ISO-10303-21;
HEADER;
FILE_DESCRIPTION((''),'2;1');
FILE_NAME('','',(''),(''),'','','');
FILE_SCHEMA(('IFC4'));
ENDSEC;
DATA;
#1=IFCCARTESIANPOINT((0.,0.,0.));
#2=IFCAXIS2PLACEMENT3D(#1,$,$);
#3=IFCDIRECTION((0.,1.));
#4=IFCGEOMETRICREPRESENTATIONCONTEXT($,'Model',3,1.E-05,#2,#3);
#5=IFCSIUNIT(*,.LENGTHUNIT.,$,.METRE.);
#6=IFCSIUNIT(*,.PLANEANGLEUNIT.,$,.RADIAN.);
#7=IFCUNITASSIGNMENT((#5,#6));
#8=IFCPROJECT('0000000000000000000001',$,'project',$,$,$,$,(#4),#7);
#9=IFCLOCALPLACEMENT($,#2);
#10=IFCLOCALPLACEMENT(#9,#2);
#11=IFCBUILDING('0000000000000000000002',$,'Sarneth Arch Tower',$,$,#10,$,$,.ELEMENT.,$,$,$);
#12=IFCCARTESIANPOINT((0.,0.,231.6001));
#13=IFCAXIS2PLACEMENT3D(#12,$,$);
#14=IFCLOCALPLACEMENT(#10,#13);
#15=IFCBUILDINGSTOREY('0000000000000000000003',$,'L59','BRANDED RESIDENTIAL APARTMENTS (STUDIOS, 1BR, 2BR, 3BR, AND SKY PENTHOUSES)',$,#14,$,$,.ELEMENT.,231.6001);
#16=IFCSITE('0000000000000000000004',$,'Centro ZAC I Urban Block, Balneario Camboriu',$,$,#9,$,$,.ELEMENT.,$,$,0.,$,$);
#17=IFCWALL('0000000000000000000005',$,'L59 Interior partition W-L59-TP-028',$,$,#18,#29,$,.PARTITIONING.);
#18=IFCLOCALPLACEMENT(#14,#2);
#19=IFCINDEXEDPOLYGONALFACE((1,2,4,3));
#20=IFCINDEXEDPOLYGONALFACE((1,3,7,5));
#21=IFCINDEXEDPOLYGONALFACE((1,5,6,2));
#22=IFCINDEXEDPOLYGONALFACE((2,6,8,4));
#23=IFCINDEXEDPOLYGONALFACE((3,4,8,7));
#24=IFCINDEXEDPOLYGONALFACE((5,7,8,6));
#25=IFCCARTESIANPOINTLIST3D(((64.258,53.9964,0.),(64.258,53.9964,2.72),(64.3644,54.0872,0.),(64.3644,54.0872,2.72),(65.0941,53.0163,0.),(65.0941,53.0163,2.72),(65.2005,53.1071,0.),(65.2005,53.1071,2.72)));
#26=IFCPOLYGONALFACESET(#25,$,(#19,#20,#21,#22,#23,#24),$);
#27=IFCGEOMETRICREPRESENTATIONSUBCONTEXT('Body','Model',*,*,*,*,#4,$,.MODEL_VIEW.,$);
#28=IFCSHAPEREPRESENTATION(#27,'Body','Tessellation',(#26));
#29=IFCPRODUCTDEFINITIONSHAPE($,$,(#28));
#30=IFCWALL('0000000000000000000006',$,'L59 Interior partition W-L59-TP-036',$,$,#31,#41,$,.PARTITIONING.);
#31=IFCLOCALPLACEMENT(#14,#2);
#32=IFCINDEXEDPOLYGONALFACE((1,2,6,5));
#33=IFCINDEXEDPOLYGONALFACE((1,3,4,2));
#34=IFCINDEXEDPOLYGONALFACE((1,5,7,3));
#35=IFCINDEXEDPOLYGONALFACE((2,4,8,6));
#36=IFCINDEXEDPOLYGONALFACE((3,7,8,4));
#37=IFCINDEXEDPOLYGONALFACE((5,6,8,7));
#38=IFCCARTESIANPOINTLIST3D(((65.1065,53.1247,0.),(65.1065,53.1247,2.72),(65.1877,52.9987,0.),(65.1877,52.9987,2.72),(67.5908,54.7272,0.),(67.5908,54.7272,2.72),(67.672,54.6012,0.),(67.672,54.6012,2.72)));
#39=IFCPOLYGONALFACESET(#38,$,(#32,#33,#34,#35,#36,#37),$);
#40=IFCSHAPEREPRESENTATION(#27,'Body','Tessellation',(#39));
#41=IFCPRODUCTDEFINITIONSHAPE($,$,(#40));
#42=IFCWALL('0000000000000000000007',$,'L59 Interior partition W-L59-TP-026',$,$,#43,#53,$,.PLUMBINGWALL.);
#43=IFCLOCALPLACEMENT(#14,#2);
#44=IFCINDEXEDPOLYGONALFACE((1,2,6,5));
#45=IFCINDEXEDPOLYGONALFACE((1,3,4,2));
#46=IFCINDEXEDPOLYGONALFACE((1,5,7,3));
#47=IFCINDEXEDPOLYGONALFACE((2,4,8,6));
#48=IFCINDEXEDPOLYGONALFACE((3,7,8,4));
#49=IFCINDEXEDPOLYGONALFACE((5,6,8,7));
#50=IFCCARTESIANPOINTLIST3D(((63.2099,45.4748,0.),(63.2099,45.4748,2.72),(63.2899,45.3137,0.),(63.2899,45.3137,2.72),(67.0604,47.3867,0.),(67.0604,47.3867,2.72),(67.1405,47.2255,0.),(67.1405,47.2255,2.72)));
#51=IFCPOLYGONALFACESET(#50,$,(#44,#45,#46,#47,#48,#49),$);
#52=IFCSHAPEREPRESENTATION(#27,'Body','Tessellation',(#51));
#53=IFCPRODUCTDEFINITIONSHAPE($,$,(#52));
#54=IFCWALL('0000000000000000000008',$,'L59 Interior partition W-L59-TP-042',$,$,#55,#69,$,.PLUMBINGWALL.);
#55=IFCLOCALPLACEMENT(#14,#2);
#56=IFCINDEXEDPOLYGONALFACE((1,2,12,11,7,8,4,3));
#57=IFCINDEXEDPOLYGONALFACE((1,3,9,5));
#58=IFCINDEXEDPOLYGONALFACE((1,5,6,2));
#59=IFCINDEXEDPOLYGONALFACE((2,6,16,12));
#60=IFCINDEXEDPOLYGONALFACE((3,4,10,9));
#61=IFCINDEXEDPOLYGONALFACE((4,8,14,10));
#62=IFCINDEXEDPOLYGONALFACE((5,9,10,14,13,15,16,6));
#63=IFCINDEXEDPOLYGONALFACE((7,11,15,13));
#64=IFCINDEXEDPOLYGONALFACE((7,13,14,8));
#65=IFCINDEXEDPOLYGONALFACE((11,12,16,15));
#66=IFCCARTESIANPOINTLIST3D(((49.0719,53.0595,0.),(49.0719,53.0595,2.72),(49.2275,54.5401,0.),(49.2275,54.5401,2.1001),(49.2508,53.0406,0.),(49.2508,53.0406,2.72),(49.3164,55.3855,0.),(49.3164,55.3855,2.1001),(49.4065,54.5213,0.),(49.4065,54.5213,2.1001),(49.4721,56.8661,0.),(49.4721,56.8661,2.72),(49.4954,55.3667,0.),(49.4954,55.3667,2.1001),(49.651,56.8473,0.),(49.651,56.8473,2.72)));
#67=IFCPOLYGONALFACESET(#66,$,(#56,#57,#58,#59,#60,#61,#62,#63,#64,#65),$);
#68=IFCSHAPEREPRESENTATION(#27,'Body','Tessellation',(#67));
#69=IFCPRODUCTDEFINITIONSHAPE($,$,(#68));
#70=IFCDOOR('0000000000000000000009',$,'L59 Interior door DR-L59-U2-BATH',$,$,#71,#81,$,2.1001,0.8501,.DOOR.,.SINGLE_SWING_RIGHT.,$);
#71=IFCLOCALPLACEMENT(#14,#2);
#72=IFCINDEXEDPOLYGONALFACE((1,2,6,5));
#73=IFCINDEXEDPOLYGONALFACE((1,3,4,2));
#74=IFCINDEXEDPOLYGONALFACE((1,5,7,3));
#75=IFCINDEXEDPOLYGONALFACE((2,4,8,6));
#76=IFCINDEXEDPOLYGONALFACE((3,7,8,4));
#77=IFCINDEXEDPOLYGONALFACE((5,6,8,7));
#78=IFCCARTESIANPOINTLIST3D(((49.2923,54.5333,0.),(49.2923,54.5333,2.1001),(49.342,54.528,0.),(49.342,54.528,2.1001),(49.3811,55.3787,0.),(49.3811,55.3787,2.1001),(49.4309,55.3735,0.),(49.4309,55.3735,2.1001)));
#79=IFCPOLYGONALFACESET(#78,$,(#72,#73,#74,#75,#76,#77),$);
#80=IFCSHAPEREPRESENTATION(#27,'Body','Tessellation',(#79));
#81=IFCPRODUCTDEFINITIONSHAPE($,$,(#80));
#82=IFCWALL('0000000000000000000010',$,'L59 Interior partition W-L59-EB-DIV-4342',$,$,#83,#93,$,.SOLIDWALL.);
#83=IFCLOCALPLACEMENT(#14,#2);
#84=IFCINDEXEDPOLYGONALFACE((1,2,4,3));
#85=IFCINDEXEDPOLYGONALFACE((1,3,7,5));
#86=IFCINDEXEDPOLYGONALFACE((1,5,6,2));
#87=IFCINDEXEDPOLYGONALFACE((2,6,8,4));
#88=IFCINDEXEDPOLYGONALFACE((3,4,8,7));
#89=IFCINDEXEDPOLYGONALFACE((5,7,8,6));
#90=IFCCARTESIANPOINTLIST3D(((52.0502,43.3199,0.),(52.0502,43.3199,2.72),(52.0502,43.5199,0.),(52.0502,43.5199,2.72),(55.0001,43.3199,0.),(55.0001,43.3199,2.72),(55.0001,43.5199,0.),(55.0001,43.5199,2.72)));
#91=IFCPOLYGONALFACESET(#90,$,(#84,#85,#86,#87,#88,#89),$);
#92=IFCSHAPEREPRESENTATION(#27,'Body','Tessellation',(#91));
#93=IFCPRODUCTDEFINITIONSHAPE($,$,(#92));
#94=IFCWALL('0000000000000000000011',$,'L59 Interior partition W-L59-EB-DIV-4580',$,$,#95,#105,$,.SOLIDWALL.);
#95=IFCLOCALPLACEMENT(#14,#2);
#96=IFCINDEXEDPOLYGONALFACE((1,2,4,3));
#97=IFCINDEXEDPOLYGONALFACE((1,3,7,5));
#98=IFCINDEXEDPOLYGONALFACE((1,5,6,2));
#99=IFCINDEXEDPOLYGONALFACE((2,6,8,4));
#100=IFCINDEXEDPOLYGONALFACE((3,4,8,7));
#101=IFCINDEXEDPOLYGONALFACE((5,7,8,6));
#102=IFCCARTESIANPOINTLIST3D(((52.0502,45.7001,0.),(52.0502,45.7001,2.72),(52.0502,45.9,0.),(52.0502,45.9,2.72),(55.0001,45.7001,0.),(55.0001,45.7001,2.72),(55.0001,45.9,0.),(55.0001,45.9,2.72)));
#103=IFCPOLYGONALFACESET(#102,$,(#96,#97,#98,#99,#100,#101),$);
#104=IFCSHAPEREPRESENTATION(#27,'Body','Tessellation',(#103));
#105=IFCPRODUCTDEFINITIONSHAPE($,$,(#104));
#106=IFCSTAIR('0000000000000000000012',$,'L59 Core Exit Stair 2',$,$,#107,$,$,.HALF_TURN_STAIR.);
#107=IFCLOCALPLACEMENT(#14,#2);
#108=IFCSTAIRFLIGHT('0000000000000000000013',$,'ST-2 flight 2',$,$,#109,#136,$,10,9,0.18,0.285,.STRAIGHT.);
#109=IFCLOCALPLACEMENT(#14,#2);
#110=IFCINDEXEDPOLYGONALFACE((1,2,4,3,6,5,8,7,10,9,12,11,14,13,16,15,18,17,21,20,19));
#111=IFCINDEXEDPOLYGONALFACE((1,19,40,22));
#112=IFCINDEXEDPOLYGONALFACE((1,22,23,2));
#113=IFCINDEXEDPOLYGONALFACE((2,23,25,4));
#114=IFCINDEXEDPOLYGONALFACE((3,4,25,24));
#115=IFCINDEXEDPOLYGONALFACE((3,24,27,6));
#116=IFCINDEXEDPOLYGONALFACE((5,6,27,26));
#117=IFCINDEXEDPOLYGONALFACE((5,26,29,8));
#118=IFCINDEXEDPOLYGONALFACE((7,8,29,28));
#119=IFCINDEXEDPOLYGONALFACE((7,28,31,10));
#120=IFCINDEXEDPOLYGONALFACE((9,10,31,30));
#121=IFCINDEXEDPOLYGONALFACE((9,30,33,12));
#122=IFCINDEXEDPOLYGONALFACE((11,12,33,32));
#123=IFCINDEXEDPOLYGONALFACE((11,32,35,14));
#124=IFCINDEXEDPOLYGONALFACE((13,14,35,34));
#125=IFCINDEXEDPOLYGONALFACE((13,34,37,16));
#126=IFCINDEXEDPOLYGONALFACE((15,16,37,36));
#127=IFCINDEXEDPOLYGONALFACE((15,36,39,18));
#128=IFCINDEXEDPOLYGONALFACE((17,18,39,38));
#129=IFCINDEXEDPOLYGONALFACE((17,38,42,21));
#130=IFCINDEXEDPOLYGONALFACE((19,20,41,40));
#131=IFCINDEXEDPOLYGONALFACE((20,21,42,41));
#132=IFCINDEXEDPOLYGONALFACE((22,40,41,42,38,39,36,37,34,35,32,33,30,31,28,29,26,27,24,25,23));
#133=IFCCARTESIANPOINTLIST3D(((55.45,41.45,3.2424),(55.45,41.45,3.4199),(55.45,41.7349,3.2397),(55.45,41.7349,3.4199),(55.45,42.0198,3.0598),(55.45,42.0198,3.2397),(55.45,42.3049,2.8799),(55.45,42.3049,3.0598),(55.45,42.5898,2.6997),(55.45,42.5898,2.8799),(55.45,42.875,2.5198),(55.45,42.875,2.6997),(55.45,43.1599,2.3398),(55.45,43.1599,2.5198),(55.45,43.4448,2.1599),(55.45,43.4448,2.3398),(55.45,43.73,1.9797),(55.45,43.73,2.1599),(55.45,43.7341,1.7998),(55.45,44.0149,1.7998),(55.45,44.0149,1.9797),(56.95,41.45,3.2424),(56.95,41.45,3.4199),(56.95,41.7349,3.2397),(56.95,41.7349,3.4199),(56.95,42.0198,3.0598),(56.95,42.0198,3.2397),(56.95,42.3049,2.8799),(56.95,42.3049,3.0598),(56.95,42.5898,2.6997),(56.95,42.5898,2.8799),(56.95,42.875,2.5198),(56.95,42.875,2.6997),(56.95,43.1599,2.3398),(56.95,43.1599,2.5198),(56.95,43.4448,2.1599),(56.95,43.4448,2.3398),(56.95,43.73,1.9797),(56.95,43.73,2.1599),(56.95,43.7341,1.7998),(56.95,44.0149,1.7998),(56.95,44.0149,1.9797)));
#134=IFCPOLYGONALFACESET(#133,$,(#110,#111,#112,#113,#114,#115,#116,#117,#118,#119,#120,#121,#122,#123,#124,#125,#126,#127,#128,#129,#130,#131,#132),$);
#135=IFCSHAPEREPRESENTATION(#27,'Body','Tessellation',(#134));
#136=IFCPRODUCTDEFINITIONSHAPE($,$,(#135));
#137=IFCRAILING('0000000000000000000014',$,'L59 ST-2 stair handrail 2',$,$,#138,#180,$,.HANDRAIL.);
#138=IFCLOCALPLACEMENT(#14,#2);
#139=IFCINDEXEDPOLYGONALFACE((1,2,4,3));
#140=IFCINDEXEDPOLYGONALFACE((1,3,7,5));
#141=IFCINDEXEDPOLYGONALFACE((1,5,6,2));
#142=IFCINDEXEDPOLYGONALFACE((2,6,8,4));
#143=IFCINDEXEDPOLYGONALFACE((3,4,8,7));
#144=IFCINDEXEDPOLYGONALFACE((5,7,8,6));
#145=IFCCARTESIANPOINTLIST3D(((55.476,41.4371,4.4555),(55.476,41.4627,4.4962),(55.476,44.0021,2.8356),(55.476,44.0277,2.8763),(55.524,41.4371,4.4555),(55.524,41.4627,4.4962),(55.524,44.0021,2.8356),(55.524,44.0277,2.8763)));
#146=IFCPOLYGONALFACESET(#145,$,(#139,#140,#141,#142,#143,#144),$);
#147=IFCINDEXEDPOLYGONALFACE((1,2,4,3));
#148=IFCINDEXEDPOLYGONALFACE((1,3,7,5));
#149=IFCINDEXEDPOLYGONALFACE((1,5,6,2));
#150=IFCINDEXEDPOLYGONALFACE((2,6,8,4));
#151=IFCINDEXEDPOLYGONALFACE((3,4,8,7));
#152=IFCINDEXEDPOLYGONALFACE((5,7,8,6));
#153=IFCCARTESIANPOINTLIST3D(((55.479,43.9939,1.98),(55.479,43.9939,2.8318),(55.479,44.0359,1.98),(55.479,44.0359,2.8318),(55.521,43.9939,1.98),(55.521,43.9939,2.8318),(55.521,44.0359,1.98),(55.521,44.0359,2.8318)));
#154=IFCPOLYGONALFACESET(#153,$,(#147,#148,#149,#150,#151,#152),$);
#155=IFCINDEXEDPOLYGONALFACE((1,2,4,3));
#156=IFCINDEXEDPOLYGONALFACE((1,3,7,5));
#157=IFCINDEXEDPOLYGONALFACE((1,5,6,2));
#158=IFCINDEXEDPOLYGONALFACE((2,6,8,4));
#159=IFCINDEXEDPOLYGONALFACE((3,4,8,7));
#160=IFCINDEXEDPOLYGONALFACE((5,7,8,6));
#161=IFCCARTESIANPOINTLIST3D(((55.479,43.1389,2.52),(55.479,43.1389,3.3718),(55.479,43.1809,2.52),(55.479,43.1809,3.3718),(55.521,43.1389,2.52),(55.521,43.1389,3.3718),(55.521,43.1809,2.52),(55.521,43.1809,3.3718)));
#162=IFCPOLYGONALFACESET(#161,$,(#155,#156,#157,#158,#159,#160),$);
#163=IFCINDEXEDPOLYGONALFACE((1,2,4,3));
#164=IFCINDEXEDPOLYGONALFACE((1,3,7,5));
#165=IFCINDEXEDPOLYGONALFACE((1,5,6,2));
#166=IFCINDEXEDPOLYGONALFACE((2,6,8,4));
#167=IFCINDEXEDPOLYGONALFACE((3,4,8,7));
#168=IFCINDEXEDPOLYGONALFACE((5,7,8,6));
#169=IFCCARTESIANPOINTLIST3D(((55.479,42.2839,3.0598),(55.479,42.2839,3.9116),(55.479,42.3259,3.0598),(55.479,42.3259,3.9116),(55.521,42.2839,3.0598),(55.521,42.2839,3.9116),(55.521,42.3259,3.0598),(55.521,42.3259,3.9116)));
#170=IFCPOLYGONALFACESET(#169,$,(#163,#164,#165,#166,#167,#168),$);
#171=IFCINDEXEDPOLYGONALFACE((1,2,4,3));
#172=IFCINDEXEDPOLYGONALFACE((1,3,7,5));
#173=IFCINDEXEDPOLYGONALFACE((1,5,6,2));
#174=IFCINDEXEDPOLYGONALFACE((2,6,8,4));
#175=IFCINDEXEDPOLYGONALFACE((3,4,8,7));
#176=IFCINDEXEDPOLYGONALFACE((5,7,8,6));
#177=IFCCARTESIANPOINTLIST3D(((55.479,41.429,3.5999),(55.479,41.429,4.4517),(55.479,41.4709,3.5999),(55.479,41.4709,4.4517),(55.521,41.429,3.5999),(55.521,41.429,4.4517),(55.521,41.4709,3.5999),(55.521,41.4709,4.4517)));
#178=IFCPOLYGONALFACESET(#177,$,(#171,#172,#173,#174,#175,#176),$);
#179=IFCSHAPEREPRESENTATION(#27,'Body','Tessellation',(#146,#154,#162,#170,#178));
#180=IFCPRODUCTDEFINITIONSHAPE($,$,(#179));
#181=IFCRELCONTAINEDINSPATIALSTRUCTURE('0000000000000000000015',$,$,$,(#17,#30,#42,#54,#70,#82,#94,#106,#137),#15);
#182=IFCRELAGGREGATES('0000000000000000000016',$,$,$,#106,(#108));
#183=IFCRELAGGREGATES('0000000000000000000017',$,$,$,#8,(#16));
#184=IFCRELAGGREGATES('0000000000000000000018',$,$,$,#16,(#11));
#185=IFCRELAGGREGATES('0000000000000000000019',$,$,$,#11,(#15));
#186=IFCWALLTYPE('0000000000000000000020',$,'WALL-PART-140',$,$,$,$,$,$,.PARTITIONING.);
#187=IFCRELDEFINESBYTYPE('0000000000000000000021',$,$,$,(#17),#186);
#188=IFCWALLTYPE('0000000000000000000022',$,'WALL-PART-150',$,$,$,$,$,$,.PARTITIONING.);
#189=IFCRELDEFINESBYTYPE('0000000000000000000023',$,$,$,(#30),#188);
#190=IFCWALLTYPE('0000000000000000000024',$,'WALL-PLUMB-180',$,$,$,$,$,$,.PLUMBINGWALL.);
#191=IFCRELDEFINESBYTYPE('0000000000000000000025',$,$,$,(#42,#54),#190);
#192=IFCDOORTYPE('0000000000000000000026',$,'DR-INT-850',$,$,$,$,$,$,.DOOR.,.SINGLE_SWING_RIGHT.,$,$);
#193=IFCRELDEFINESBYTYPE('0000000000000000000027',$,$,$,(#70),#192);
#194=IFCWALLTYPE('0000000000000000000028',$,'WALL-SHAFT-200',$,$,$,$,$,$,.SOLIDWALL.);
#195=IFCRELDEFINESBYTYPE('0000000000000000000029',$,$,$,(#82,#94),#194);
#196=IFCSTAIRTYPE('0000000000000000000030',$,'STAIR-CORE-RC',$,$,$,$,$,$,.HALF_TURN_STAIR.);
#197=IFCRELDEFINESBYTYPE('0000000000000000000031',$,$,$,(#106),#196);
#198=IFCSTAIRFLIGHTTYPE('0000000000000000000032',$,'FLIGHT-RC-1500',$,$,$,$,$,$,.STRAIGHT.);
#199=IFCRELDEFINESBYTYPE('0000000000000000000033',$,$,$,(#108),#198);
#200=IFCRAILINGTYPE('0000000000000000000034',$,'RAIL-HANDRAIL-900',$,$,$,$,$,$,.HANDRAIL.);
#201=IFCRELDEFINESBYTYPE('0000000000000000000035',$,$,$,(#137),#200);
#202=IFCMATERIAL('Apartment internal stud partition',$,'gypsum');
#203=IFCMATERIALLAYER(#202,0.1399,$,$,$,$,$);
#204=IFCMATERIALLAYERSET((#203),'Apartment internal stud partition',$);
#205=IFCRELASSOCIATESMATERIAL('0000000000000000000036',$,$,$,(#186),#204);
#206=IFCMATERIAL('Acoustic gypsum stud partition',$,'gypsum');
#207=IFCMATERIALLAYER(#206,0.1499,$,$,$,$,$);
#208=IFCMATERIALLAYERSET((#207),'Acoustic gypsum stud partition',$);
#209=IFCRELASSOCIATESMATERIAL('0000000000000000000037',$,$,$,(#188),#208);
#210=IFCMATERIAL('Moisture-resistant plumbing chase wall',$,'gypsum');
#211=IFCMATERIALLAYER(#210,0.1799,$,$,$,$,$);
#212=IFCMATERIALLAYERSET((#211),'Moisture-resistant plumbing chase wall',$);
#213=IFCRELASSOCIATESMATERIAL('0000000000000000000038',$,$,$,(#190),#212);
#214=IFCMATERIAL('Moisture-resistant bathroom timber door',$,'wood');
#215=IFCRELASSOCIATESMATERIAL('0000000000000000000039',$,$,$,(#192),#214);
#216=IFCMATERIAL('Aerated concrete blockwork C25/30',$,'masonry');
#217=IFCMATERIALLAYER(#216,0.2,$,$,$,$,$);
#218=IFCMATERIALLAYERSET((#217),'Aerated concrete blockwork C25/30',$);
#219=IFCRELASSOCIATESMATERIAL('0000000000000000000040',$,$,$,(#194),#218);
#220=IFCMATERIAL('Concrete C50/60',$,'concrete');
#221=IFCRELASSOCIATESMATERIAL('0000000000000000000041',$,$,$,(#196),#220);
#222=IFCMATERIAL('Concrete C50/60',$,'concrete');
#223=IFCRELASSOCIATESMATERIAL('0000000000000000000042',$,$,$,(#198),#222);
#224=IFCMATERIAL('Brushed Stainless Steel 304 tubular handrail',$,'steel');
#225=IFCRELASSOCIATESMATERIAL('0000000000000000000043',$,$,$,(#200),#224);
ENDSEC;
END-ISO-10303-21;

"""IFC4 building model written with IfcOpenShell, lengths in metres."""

from ifc_helpers import new_model, si_unit, direction, frame, frame_2d, origin, origin_2d, place, context, subcontext, project, spatial, polyline, rectangle, outline, extrude, material, layer, layer_set, type_object, element, fill, aggregate, save


model = new_model("IFC4")

# Units and contexts
model_context = context("Model", 3, precision=1e-05, world=origin(), true_north=direction((0.0, 1.0)))
body_context = subcontext(model_context, "Body", "Model", "MODEL_VIEW")
ifc_project = project(units=[si_unit("LENGTHUNIT", "METRE"), si_unit("PLANEANGLEUNIT", "RADIAN")], contexts=[model_context])

# Site, building, storey
site_placement = place(None, origin())
site = spatial("IfcSite", under=ifc_project, at=site_placement, Name="Centro ZAC I Urban Block, Balneario Camboriu", CompositionType="ELEMENT", RefElevation=0.0)
building_placement = place(site_placement, origin())
building = spatial("IfcBuilding", under=site, at=building_placement, Name="Sarneth Arch Tower", CompositionType="ELEMENT")
storey_placement = place(building_placement, frame((0.0, 0.0, 231.6001)))
storey = spatial("IfcBuildingStorey", under=building, at=storey_placement, Name="L59", Description="BRANDED RESIDENTIAL APARTMENTS (STUDIOS, 1BR, 2BR, 3BR, AND SKY PENTHOUSES)", CompositionType="ELEMENT", Elevation=231.6001)

# Walls
ifc_material_1 = material(Name="Apartment internal stud partition", Category="gypsum")
ifc_layer_1 = layer(ifc_material_1, 0.1399)
ifc_layer_set_1 = layer_set([ifc_layer_1], Name="Apartment internal stud partition")
wall_type_1 = type_object("IfcWallType", Name="WALL-PART-140", PredefinedType="PARTITIONING", material=ifc_layer_set_1)
wall_1_placement = place(storey_placement, frame((65.1472, 53.0618, 0.0), z_axis=(0.0, 0.0, 1.0), x_axis=(-0.648995, 0.760793, 0.0)))
element("IfcWall", 1, at=wall_1_placement, inside=storey, type_object=wall_type_1, Name="L59 Interior partition W-L59-TP-028", PredefinedType="PARTITIONING", context=body_context, shape_type="SweptSolid", body=[
    extrude(rectangle(XDim=1.2883, YDim=0.1399, at=frame_2d((0.644, 0.0))), origin(), (0.0, 0.0, 1.0), 2.72),
])
ifc_material_2 = material(Name="Acoustic gypsum stud partition", Category="gypsum")
ifc_layer_2 = layer(ifc_material_2, 0.1499)
ifc_layer_set_2 = layer_set([ifc_layer_2], Name="Acoustic gypsum stud partition")
wall_type_2 = type_object("IfcWallType", Name="WALL-PART-150", PredefinedType="PARTITIONING", material=ifc_layer_set_2)
wall_2_placement = place(storey_placement, frame((65.1472, 53.0618, 0.0), z_axis=(0.0, 0.0, 1.0), x_axis=(0.84034, 0.542059, 0.0)))
element("IfcWall", 2, at=wall_2_placement, inside=storey, type_object=wall_type_2, Name="L59 Interior partition W-L59-TP-036", PredefinedType="PARTITIONING", context=body_context, shape_type="SweptSolid", body=[
    extrude(rectangle(XDim=2.9563, YDim=0.1499, at=frame_2d((1.478, 0.0))), origin(), (0.0, 0.0, 1.0), 2.72),
])
ifc_material_3 = material(Name="Moisture-resistant plumbing chase wall", Category="gypsum")
ifc_layer_3 = layer(ifc_material_3, 0.1799)
ifc_layer_set_3 = layer_set([ifc_layer_3], Name="Moisture-resistant plumbing chase wall")
wall_type_3 = type_object("IfcWallType", Name="WALL-PLUMB-180", PredefinedType="PLUMBINGWALL", material=ifc_layer_set_3)
wall_3_placement = place(storey_placement, frame((63.25, 45.3943, 0.0), z_axis=(0.0, 0.0, 1.0), x_axis=(0.895673, 0.444713, 0.0)))
element("IfcWall", 3, at=wall_3_placement, inside=storey, type_object=wall_type_3, Name="L59 Interior partition W-L59-TP-026", PredefinedType="PLUMBINGWALL", context=body_context, shape_type="SweptSolid", body=[
    extrude(rectangle(XDim=4.2991, YDim=0.1799, at=frame_2d((2.1494, 0.0))), origin(), (0.0, 0.0, 1.0), 2.72),
])

# Wall, opening, door
wall_4_placement = place(storey_placement, frame((49.1614, 53.05, 0.0), z_axis=(0.0, 0.0, 1.0), x_axis=(0.104542, 0.99452, 0.0)))
wall_4 = element("IfcWall", 4, at=wall_4_placement, inside=storey, type_object=wall_type_3, Name="L59 Interior partition W-L59-TP-042", PredefinedType="PLUMBINGWALL", context=body_context, shape_type="SweptSolid", body=[
    extrude(rectangle(XDim=3.8276, YDim=0.1799, at=frame_2d((1.9138, 0.0))), origin(), (0.0, 0.0, 1.0), 2.72),
])
opening_placement = place(wall_4_placement, frame((1.4888, 0.0, 0.0)))
opening = element("IfcOpeningElement", 5, at=opening_placement, cuts=wall_4, PredefinedType="OPENING", context=body_context, shape_type="SweptSolid", body=[
    extrude(rectangle(XDim=0.8501, YDim=2.1001, at=frame_2d((0.425, 1.05))), frame((0.0, 0.0999, 0.0), z_axis=(0.0, -1.0, 0.0), x_axis=(1.0, 0.0, 0.0)), (0.0, 0.0, 1.0), 0.2),
])
ifc_material_4 = material(Name="Moisture-resistant bathroom timber door", Category="wood")
door_type = type_object("IfcDoorType", Name="DR-INT-850", OperationType="SINGLE_SWING_RIGHT", PredefinedType="DOOR", material=ifc_material_4)
door_placement = place(opening_placement, origin())
door = element("IfcDoor", 6, at=door_placement, inside=storey, type_object=door_type, Name="L59 Interior door DR-L59-U2-BATH", OperationType="SINGLE_SWING_RIGHT", OverallHeight=2.1001, OverallWidth=0.8501, PredefinedType="DOOR", context=body_context, shape_type="SweptSolid", body=[
    extrude(rectangle(XDim=0.8501, YDim=2.1001, at=frame_2d((0.425, 1.05))), frame((0.0, 0.0249, 0.0), z_axis=(0.0, -1.0, 0.0), x_axis=(1.0, 0.0, 0.0)), (0.0, 0.0, 1.0), 0.05),
])
fill(opening, door)

# Walls
ifc_material_5 = material(Name="Aerated concrete blockwork C25/30", Category="masonry")
ifc_layer_4 = layer(ifc_material_5, 0.2)
ifc_layer_set_4 = layer_set([ifc_layer_4], Name="Aerated concrete blockwork C25/30")
wall_type_4 = type_object("IfcWallType", Name="WALL-SHAFT-200", PredefinedType="SOLIDWALL", material=ifc_layer_set_4)
for number, where, z_axis, x_axis, name in (
    (7, (52.05, 43.4199, 0.0), (0.0, 0.0, 1.0), (1.0, 0.0, 0.0), "L59 Interior partition W-L59-EB-DIV-4342"),
    (8, (52.05, 45.8, 0.0), (0.0, 0.0, 1.0), (1.0, 0.0, 0.0), "L59 Interior partition W-L59-EB-DIV-4580"),
):
    element("IfcWall", number, at=place(storey_placement, frame(where, z_axis=z_axis, x_axis=x_axis)), inside=storey, type_object=wall_type_4, Name=name, PredefinedType="SOLIDWALL", context=body_context, shape_type="SweptSolid", body=[
        extrude(rectangle(XDim=2.95, YDim=0.2, at=frame_2d((1.4751, 0.0))), origin(), (0.0, 0.0, 1.0), 2.72),
    ])

# Stair, stair flight
ifc_material_6 = material(Name="Concrete C50/60", Category="concrete")
stair_type = type_object("IfcStairType", Name="STAIR-CORE-RC", PredefinedType="HALF_TURN_STAIR", material=ifc_material_6)
stair_placement = place(storey_placement, origin())
stair = element("IfcStair", 9, at=stair_placement, inside=storey, type_object=stair_type, Name="L59 Core Exit Stair 2", PredefinedType="HALF_TURN_STAIR")
ifc_material_7 = material(Name="Concrete C50/60", Category="concrete")
stair_flight_type = type_object("IfcStairFlightType", Name="FLIGHT-RC-1500", PredefinedType="STRAIGHT", material=ifc_material_7)
stair_flight_placement = place(storey_placement, frame((56.2, 44.0149, 1.7998), z_axis=(0.0, 0.0, 1.0), x_axis=(0.0, -1.0, 0.0)))
stair_flight = element("IfcStairFlight", 10, at=stair_flight_placement, type_object=stair_flight_type, Name="ST-2 flight 2", NumberOfRisers=10, NumberOfTreads=9, PredefinedType="STRAIGHT", RiserHeight=0.18, TreadLength=0.285, context=body_context, shape_type="SweptSolid", body=[
    extrude(outline(polyline([(0.0, 0.0), (0.0, 0.1799), (0.2849, 0.1799), (0.2849, 0.3601), (0.5701, 0.3601), (0.5701, 0.54), (0.855, 0.54), (0.855, 0.72), (1.1399, 0.72), (1.1399, 0.8999), (1.425, 0.8999), (1.425, 1.0801), (1.71, 1.0801), (1.71, 1.26), (1.9951, 1.26), (1.9951, 1.4399), (2.28, 1.4399), (2.28, 1.6201), (2.5649, 1.6201), (2.5649, 1.8), (2.5649, 1.4426), (0.2808, 0.0), (0.0, 0.0)])), frame((0.0, 0.75, 0.0), z_axis=(0.0, -1.0, 0.0), x_axis=(1.0, 0.0, 0.0)), (0.0, 0.0, 1.0), 1.5),
])
aggregate(stair, [stair_flight])

# Railing
ifc_material_8 = material(Name="Brushed Stainless Steel 304 tubular handrail", Category="steel")
railing_type_1 = type_object("IfcRailingType", Name="RAIL-HANDRAIL-900", PredefinedType="HANDRAIL", material=ifc_material_8)
railing_1_placement = place(storey_placement, frame((55.5, 44.0149, 1.98)))
element("IfcRailing", 11, at=railing_1_placement, inside=storey, type_object=railing_type_1, Name="L59 ST-2 stair handrail 2", PredefinedType="HANDRAIL", context=body_context, shape_type="SweptSolid", body=[
    extrude(rectangle(XDim=0.0481, YDim=0.0481, at=origin_2d()), frame((0.0, 0.0, 0.876), z_axis=(0.0, -0.845502, 0.533972), x_axis=(1.0, 0.0, 0.0)), (0.0, 0.0, 1.0), 3.0337),
    extrude(rectangle(XDim=0.042, YDim=0.042, at=origin_2d()), origin(), (0.0, 0.0, 1.0), 0.8518),
    extrude(rectangle(XDim=0.042, YDim=0.042, at=origin_2d()), frame((0.0, -0.855, 0.54)), (0.0, 0.0, 1.0), 0.8518),
    extrude(rectangle(XDim=0.042, YDim=0.042, at=origin_2d()), frame((0.0, -1.71, 1.0798)), (0.0, 0.0, 1.0), 0.8518),
    extrude(rectangle(XDim=0.042, YDim=0.042, at=origin_2d()), frame((0.0, -2.5649, 1.6199)), (0.0, 0.0, 1.0), 0.8518),
])

save(model, "model.ifc")
